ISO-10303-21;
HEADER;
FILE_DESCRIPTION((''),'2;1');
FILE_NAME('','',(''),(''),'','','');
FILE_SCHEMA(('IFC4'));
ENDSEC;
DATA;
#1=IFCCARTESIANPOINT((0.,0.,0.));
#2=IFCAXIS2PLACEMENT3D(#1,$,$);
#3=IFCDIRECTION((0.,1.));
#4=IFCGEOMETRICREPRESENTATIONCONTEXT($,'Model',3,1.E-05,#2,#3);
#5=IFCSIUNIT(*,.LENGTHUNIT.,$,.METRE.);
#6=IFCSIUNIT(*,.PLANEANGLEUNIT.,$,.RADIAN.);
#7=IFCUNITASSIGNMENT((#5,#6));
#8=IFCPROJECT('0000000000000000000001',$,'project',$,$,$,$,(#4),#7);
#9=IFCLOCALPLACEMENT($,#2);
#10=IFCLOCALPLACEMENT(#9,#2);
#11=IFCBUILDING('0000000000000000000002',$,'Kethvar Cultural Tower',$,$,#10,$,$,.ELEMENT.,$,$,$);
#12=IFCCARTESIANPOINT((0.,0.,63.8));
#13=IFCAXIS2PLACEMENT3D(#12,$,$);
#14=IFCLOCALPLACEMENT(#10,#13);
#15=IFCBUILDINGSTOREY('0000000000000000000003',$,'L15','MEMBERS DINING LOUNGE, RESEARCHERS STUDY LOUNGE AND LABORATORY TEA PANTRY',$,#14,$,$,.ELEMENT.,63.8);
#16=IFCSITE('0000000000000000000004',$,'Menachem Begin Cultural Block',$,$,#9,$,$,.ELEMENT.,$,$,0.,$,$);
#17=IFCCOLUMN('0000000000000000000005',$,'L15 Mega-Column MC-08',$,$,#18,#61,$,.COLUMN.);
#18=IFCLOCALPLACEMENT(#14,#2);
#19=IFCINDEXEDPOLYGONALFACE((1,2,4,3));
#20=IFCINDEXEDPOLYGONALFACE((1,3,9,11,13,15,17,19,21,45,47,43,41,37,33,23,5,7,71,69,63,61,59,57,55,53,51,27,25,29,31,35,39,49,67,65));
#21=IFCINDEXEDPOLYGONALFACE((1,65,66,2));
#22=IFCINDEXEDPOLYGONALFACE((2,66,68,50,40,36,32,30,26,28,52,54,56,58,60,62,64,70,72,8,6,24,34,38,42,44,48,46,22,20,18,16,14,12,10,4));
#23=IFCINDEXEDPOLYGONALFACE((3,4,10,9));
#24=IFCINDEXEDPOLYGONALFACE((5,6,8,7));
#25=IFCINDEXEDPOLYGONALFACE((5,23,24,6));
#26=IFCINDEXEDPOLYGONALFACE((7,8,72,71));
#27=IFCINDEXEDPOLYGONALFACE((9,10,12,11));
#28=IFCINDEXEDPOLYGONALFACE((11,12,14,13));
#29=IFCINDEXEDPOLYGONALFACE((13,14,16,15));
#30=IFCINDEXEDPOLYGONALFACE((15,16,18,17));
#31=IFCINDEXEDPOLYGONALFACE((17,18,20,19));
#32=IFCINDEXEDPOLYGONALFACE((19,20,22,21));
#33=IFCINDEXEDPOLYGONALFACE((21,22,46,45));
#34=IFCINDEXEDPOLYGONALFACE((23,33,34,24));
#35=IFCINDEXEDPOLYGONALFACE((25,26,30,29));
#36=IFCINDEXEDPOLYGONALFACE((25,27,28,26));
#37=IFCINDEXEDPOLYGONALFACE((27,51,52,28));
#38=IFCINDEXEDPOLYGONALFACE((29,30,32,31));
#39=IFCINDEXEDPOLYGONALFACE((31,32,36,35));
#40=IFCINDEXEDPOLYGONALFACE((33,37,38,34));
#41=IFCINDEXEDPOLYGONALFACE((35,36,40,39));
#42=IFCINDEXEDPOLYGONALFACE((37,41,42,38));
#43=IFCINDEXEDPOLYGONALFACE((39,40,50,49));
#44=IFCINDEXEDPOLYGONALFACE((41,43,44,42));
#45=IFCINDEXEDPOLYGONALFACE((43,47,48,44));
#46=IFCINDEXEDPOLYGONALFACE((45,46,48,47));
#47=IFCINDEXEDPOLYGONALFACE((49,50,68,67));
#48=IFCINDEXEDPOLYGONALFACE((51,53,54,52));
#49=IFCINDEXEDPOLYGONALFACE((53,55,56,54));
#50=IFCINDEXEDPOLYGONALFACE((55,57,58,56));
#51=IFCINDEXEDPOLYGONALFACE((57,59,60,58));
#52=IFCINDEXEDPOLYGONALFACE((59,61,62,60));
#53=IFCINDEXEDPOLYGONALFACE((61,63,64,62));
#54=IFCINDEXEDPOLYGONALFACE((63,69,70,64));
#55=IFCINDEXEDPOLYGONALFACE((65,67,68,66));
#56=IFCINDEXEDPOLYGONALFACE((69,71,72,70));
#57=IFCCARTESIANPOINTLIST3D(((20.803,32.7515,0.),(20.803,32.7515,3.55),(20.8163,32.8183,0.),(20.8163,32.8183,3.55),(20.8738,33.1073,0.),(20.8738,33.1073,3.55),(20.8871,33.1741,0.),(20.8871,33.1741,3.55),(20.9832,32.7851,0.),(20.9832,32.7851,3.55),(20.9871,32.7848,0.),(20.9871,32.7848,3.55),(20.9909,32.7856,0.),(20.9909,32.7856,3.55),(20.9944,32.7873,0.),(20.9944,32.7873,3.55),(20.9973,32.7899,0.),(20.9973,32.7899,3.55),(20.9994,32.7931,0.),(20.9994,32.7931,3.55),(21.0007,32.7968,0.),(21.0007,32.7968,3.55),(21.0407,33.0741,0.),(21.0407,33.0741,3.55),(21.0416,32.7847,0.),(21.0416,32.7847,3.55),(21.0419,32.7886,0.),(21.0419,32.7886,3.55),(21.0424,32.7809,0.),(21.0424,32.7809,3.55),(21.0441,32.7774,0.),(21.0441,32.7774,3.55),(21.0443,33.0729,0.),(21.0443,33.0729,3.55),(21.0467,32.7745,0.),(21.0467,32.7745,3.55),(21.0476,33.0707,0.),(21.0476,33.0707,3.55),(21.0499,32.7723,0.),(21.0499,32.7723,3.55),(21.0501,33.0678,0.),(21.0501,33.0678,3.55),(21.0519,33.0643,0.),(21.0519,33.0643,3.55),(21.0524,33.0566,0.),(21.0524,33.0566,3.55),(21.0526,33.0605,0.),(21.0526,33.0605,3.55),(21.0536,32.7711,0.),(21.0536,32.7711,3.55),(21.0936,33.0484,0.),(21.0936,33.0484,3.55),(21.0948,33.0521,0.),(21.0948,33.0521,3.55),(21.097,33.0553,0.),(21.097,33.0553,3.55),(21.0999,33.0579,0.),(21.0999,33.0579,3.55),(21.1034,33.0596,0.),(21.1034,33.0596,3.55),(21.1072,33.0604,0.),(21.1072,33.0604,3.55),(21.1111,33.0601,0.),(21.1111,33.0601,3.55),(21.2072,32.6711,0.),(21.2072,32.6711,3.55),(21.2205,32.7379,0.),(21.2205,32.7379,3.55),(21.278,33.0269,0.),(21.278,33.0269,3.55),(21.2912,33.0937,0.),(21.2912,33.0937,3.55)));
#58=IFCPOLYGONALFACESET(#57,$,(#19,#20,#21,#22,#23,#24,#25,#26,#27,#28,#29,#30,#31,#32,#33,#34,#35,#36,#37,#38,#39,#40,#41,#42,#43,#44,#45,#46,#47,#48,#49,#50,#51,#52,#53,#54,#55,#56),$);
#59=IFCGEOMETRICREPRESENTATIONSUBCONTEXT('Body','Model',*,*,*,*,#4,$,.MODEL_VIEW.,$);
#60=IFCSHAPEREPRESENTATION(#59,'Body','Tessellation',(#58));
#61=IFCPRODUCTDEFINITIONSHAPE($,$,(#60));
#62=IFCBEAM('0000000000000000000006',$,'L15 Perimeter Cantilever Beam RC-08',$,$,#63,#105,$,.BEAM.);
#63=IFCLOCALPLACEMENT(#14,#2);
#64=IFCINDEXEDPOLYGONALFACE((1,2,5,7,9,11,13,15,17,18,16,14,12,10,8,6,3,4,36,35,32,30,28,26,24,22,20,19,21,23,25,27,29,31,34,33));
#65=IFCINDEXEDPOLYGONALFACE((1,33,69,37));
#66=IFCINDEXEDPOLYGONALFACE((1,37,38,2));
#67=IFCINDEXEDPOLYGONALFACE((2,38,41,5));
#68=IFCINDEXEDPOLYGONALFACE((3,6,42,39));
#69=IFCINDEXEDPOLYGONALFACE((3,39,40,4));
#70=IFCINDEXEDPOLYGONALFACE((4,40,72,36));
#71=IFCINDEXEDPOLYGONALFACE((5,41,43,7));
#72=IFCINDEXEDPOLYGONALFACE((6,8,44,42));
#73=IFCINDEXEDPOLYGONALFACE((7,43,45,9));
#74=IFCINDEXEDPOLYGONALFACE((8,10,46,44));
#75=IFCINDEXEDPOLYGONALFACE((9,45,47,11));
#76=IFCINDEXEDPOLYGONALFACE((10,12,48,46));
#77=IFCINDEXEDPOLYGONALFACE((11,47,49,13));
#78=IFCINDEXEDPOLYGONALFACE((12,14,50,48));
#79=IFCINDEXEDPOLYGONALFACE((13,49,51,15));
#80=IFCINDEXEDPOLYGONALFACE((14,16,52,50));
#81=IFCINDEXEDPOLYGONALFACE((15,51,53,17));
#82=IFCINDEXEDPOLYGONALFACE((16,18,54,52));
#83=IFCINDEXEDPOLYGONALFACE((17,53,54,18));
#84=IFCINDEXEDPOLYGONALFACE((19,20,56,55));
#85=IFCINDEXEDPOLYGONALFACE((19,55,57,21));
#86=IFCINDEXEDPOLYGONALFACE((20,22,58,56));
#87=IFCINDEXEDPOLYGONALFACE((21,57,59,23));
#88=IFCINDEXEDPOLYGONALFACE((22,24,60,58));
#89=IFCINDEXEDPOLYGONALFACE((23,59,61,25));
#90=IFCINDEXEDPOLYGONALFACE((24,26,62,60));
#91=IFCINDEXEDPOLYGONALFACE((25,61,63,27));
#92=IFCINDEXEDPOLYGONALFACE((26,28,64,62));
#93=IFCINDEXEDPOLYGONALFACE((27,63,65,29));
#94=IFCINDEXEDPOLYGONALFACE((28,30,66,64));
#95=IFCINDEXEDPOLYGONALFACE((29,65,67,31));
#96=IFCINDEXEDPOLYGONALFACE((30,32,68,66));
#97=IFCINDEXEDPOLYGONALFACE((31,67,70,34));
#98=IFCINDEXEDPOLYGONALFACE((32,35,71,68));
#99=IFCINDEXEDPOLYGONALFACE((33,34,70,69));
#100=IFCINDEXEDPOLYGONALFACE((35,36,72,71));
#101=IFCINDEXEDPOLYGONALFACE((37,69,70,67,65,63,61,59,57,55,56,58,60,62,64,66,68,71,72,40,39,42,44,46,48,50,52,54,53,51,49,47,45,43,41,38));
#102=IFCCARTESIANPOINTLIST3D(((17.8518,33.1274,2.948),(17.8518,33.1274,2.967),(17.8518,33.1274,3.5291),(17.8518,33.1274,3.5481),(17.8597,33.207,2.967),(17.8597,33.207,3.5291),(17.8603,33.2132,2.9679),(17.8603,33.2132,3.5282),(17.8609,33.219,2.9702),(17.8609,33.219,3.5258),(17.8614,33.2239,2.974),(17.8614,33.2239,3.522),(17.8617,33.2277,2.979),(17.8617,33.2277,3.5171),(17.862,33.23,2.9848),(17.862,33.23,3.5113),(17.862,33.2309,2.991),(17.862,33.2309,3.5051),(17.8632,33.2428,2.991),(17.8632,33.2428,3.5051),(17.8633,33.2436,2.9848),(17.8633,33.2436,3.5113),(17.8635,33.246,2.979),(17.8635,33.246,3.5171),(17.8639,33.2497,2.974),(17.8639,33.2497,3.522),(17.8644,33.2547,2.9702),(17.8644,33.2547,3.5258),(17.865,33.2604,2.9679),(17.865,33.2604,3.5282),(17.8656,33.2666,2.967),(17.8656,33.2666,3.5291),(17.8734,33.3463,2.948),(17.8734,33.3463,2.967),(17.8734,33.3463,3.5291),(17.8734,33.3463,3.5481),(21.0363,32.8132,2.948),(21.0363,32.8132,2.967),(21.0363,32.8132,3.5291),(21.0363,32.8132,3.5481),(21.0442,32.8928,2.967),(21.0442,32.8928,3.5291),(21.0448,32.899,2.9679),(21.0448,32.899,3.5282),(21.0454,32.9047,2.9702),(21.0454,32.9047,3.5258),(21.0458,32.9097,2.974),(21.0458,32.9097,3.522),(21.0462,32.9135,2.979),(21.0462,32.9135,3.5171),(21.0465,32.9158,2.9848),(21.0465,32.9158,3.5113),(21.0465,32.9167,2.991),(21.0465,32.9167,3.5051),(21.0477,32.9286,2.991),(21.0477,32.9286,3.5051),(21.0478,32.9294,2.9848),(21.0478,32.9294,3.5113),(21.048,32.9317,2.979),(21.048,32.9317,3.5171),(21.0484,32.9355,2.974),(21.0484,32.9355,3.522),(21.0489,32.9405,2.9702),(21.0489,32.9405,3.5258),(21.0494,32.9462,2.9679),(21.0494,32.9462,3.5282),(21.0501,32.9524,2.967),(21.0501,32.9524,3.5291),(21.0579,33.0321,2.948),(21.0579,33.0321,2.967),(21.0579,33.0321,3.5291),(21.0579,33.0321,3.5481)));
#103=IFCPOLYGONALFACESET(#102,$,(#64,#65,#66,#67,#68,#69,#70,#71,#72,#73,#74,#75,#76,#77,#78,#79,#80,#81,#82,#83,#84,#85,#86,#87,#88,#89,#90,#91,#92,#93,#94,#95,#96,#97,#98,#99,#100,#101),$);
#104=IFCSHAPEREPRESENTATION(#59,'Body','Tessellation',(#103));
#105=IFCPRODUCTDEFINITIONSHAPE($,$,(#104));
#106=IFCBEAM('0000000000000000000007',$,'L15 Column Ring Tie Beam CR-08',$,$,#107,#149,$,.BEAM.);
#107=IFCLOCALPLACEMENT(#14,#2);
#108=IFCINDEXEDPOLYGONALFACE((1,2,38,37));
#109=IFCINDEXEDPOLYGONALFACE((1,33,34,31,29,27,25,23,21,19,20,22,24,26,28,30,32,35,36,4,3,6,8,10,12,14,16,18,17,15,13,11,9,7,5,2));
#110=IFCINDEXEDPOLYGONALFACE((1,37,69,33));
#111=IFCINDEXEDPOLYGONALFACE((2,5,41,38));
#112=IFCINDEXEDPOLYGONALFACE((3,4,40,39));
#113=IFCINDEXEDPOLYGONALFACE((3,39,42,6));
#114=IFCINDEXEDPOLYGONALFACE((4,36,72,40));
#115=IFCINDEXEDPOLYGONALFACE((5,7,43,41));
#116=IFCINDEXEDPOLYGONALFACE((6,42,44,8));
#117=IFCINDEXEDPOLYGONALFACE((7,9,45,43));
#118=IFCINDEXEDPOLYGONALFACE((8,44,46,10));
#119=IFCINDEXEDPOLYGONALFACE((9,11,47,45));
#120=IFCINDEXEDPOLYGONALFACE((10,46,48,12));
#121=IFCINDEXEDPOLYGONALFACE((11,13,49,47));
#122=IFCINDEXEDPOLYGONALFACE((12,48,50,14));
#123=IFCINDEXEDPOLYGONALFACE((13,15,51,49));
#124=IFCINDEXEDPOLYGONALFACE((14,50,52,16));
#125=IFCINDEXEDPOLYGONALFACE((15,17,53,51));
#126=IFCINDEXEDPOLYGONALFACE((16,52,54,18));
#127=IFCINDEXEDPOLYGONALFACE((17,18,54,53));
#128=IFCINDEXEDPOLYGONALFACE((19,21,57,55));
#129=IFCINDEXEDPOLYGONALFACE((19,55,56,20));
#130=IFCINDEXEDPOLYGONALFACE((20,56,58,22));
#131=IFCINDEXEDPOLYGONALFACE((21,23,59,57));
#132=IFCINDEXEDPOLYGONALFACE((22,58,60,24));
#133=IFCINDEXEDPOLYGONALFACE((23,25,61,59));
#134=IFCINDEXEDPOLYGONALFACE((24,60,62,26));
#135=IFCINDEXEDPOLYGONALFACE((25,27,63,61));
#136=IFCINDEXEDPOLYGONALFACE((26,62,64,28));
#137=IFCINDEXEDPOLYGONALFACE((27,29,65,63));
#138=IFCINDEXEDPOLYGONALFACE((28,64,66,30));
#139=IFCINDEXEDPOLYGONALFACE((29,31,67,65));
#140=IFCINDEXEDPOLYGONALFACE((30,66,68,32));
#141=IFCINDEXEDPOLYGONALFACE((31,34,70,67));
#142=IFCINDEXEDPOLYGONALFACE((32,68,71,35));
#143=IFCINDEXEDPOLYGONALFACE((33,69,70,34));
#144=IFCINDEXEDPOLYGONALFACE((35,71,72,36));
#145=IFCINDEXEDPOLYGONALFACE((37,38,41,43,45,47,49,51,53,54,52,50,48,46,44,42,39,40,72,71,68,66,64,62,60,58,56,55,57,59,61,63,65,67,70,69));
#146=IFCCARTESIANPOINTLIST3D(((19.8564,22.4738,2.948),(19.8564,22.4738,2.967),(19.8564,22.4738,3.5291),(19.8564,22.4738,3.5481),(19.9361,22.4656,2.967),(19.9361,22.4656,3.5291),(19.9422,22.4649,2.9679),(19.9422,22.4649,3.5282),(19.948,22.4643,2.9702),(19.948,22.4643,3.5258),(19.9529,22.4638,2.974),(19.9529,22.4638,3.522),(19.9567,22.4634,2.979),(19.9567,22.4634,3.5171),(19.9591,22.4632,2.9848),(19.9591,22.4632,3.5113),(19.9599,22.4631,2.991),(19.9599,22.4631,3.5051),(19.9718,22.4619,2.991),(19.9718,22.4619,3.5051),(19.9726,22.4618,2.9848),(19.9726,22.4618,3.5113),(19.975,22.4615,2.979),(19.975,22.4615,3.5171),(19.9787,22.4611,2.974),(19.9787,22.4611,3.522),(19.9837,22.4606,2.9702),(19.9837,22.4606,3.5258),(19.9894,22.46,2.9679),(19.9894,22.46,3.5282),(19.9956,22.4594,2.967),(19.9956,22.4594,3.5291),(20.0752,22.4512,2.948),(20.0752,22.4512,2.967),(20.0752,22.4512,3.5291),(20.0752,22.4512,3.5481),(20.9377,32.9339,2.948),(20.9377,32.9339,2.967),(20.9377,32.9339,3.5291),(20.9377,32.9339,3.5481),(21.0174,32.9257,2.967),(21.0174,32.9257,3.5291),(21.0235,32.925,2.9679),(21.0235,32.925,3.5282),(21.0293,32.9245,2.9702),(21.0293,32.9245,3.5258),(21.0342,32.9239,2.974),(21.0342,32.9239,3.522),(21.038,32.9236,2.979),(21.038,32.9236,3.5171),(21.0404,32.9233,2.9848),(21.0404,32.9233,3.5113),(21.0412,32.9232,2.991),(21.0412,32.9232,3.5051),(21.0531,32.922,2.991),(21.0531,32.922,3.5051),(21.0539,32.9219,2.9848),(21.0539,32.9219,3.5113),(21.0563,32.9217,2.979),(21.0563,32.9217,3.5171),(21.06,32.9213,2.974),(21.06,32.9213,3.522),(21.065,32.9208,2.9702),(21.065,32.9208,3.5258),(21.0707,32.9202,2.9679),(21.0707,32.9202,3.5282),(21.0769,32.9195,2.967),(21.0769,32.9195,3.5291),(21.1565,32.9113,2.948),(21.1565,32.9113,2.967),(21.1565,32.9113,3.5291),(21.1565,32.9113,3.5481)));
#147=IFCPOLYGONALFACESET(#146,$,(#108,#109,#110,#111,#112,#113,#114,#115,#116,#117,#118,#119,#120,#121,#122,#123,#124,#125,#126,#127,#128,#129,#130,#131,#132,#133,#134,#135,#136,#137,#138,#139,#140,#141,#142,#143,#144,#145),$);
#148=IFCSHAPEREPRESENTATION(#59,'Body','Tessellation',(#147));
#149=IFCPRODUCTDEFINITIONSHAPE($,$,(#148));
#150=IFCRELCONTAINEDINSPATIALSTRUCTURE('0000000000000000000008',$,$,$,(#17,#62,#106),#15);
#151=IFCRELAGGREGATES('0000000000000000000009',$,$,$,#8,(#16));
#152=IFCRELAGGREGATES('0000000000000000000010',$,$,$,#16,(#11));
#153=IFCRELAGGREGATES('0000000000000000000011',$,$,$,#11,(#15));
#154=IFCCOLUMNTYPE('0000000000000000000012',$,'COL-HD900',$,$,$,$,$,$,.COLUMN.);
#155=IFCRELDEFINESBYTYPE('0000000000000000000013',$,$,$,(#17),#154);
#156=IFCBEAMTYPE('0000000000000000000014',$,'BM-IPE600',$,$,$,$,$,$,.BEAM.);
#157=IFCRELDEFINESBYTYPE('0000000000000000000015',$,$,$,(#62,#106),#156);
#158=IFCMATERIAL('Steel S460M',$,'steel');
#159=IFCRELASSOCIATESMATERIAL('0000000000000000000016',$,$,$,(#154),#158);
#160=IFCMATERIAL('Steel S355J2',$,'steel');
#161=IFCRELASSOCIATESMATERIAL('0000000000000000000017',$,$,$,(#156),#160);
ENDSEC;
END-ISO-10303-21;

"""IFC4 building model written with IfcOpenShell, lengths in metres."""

from ifc_helpers import new_model, si_unit, direction, frame, origin, origin_2d, place, context, subcontext, project, spatial, i_section, extrude, source, transform, mapped, material, material_profile, profile_set, type_object, element, save


model = new_model("IFC4")

# Units and contexts
model_context = context("Model", 3, precision=1e-05, world=origin(), true_north=direction((0.0, 1.0)))
body_context = subcontext(model_context, "Body", "Model", "MODEL_VIEW")
ifc_project = project(units=[si_unit("LENGTHUNIT", "METRE"), si_unit("PLANEANGLEUNIT", "RADIAN")], contexts=[model_context])

# Site, building, storey
site_placement = place(None, origin())
site = spatial("IfcSite", under=ifc_project, at=site_placement, Name="Menachem Begin Cultural Block", CompositionType="ELEMENT", RefElevation=0.0)
building_placement = place(site_placement, origin())
building = spatial("IfcBuilding", under=site, at=building_placement, Name="Kethvar Cultural Tower", CompositionType="ELEMENT")
storey_placement = place(building_placement, frame((0.0, 0.0, 63.8)))
storey = spatial("IfcBuildingStorey", under=building, at=storey_placement, Name="L15", Description="MEMBERS DINING LOUNGE, RESEARCHERS STUDY LOUNGE AND LABORATORY TEA PANTRY", CompositionType="ELEMENT", Elevation=63.8)

# Column
ifc_material_1 = material(Name="Steel S460M", Category="steel")
ifc_material_profile_1 = material_profile(ifc_material_1, i_section(OverallWidth=0.4121, OverallDepth=0.4309, WebThickness=0.042, FlangeThickness=0.0681, FilletRadius=0.0149, at=origin_2d()), Name="Steel S460M — HD400x900")
ifc_profile_set_1 = profile_set([ifc_material_profile_1], Name="Steel S460M — HD400x900")
column_type = type_object("IfcColumnType", Name="COL-HD900", PredefinedType="COLUMN", material=ifc_profile_set_1)
shared_shape_1 = source(origin(), body_context, "Body", "SweptSolid", [
    extrude(i_section(OverallWidth=0.4121, OverallDepth=0.4309, WebThickness=0.042, FlangeThickness=0.0681, FilletRadius=0.0149, at=origin_2d()), origin(), (0.0, 0.0, 1.0), 3.55),
])
column_placement = place(storey_placement, frame((21.0471, 32.9226, 0.0), z_axis=(0.0, 0.0, 1.0), x_axis=(-0.980785, 0.19509, 0.0)))
element("IfcColumn", 1, at=column_placement, inside=storey, type_object=column_type, Name="L15 Mega-Column MC-08", PredefinedType="COLUMN", context=body_context, shape_type="MappedRepresentation", body=[
    mapped(shared_shape_1, transform((0.0, 0.0, 0.0), scale=1.0)),
])

# Beams
ifc_material_2 = material(Name="Steel S355J2", Category="steel")
ifc_material_profile_2 = material_profile(ifc_material_2, i_section(OverallWidth=0.22, OverallDepth=0.6001, WebThickness=0.012, FlangeThickness=0.019, FilletRadius=0.0239, at=origin_2d()), Name="Steel S355J2 — IPE600")
ifc_profile_set_2 = profile_set([ifc_material_profile_2], Name="Steel S355J2 — IPE600")
beam_type_1 = type_object("IfcBeamType", Name="BM-IPE600", PredefinedType="BEAM", material=ifc_profile_set_2)
shared_shape_2 = source(origin(), body_context, "Body", "SweptSolid", [
    extrude(i_section(OverallWidth=0.22, OverallDepth=0.6001, WebThickness=0.012, FlangeThickness=0.019, FilletRadius=0.0239, at=origin_2d()), origin(), (0.0, 0.0, 1.0), 3.2),
])
beam_1_placement = place(storey_placement, frame((21.0471, 32.9226, 3.248), z_axis=(-0.995168, 0.098189, 0.0), x_axis=(-0.098189, -0.995168, 0.0)))
element("IfcBeam", 2, at=beam_1_placement, inside=storey, type_object=beam_type_1, Name="L15 Perimeter Cantilever Beam RC-08", PredefinedType="BEAM", context=body_context, shape_type="MappedRepresentation", body=[
    mapped(shared_shape_2, transform((0.0, 0.0, 0.0), scale=1.0)),
])
shared_shape_3 = source(origin(), body_context, "Body", "SweptSolid", [
    extrude(i_section(OverallWidth=0.22, OverallDepth=0.6001, WebThickness=0.012, FlangeThickness=0.019, FilletRadius=0.0239, at=origin_2d()), origin(), (0.0, 0.0, 1.0), 10.5159),
])
beam_2_placement = place(storey_placement, frame((21.0471, 32.9226, 3.248), z_axis=(-0.102825, -0.994699, 0.0), x_axis=(0.994699, -0.102825, 0.0)))
element("IfcBeam", 3, at=beam_2_placement, inside=storey, type_object=beam_type_1, Name="L15 Column Ring Tie Beam CR-08", PredefinedType="BEAM", context=body_context, shape_type="MappedRepresentation", body=[
    mapped(shared_shape_3, transform((0.0, 0.0, 0.0), scale=1.0)),
])

save(model, "model.ifc")
